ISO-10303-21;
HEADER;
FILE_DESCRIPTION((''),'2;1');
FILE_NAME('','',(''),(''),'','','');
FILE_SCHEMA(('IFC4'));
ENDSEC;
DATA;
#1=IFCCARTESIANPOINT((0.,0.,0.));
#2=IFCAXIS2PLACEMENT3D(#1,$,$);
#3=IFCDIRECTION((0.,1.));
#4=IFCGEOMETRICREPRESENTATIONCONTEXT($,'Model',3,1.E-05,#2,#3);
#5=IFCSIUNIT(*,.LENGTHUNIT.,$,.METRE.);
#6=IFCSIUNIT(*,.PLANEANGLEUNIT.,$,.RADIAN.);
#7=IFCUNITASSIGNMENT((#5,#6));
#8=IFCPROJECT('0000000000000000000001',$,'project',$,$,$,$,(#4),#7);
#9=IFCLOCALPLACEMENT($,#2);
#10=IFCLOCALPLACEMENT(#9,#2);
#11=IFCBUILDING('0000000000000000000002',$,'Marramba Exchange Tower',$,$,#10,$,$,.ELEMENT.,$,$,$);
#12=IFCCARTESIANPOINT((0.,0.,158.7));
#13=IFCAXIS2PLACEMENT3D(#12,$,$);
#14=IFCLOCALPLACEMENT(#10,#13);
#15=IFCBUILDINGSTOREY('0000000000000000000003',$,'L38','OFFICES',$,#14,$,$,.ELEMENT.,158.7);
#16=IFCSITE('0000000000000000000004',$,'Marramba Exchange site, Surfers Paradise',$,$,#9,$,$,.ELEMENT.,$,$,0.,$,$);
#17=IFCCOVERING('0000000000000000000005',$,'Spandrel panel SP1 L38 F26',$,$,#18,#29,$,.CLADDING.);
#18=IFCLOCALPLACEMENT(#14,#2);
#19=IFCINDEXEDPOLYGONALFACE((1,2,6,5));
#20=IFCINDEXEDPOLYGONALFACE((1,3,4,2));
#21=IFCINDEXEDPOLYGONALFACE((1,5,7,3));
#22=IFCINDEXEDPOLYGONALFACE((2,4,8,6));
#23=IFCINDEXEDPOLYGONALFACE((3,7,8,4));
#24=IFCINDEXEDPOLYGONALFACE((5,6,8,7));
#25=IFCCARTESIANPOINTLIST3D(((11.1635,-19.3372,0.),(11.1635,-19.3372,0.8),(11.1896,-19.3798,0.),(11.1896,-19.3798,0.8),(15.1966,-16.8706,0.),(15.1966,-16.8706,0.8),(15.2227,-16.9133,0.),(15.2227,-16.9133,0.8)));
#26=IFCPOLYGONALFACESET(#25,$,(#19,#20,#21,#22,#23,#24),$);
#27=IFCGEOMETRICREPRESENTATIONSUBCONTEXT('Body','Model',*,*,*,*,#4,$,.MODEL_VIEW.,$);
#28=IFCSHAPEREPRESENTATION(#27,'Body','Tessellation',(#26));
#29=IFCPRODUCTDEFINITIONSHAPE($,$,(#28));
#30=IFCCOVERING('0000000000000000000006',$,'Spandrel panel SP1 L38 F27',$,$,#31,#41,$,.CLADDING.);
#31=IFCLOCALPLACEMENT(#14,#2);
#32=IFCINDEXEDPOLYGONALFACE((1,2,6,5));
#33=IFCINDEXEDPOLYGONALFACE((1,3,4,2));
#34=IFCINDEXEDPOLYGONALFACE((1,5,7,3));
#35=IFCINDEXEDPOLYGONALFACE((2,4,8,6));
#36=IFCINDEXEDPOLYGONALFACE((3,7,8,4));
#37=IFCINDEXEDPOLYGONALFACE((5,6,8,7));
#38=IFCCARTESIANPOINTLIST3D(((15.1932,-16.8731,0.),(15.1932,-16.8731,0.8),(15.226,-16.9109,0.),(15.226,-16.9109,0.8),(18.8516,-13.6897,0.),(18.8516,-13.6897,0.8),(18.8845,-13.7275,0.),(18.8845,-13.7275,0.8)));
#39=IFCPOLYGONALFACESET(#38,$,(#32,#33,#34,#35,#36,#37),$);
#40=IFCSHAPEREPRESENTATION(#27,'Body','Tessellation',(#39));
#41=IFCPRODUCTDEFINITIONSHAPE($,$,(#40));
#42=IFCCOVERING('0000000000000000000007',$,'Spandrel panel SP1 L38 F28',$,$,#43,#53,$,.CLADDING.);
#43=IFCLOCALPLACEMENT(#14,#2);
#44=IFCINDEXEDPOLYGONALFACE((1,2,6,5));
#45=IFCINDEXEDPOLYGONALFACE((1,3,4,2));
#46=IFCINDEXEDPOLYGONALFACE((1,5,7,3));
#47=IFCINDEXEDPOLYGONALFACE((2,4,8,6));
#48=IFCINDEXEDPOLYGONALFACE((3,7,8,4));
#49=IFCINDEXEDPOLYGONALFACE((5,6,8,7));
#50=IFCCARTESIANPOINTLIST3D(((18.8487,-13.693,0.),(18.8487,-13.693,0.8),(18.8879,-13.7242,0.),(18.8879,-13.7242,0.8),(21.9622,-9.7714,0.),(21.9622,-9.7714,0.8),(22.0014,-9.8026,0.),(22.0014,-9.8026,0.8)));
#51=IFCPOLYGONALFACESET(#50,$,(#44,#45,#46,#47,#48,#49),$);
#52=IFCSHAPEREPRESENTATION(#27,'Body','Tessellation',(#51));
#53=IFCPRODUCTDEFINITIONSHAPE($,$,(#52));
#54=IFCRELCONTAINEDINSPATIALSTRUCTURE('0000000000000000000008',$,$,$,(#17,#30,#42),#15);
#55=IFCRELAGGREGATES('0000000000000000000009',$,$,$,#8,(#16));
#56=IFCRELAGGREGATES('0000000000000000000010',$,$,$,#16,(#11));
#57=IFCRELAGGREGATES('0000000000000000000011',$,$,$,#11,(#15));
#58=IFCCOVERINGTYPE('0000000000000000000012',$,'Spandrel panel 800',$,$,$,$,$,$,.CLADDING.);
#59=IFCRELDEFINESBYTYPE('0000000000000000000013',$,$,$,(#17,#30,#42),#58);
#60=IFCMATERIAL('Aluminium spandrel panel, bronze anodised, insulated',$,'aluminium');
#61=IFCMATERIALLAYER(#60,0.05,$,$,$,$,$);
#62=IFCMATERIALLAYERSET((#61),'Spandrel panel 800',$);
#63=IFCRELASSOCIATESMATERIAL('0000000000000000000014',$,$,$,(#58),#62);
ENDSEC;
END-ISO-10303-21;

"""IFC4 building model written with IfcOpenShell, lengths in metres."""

from ifc_helpers import new_model, si_unit, direction, frame, origin, origin_2d, place, context, subcontext, project, spatial, rectangle, extrude, material, layer, layer_set, type_object, element, save


model = new_model("IFC4")

# Units and contexts
model_context = context("Model", 3, precision=1e-05, world=origin(), true_north=direction((0.0, 1.0)))
body_context = subcontext(model_context, "Body", "Model", "MODEL_VIEW")
ifc_project = project(units=[si_unit("LENGTHUNIT", "METRE"), si_unit("PLANEANGLEUNIT", "RADIAN")], contexts=[model_context])

# Site, building, storey
site_placement = place(None, origin())
site = spatial("IfcSite", under=ifc_project, at=site_placement, Name="Marramba Exchange site, Surfers Paradise", CompositionType="ELEMENT", RefElevation=0.0)
building_placement = place(site_placement, origin())
building = spatial("IfcBuilding", under=site, at=building_placement, Name="Marramba Exchange Tower", CompositionType="ELEMENT")
storey_placement = place(building_placement, frame((0.0, 0.0, 158.7)))
storey = spatial("IfcBuildingStorey", under=building, at=storey_placement, Name="L38", Description="OFFICES", CompositionType="ELEMENT", Elevation=158.7)

# Coverings
ifc_material_1 = material(Name="Aluminium spandrel panel, bronze anodised, insulated", Category="aluminium")
ifc_layer_1 = layer(ifc_material_1, 0.05)
ifc_layer_set_1 = layer_set([ifc_layer_1], Name="Spandrel panel 800")
covering_type = type_object("IfcCoveringType", Name="Spandrel panel 800", PredefinedType="CLADDING", material=ifc_layer_set_1)
covering_1_placement = place(storey_placement, frame((13.1931, -18.1252, 0.0), z_axis=(0.0, 0.0, 1.0), x_axis=(0.853109, 0.521733, 0.0)))
element("IfcCovering", 1, at=covering_1_placement, inside=storey, type_object=covering_type, Name="Spandrel panel SP1 L38 F26", PredefinedType="CLADDING", context=body_context, shape_type="SweptSolid", body=[
    extrude(rectangle(XDim=4.7275, YDim=0.05, at=origin_2d()), origin(), (0.0, 0.0, 1.0), 0.8),
])
covering_2_placement = place(storey_placement, frame((17.0388, -15.3003, 0.0), z_axis=(0.0, 0.0, 1.0), x_axis=(0.754386, 0.656432, 0.0)))
element("IfcCovering", 2, at=covering_2_placement, inside=storey, type_object=covering_type, Name="Spandrel panel SP1 L38 F27", PredefinedType="CLADDING", context=body_context, shape_type="SweptSolid", body=[
    extrude(rectangle(XDim=4.8496, YDim=0.05, at=origin_2d()), origin(), (0.0, 0.0, 1.0), 0.8),
])
covering_3_placement = place(storey_placement, frame((20.425, -11.7478, 0.0), z_axis=(0.0, 0.0, 1.0), x_axis=(0.621807, 0.78317, 0.0)))
element("IfcCovering", 3, at=covering_3_placement, inside=storey, type_object=covering_type, Name="Spandrel panel SP1 L38 F28", PredefinedType="CLADDING", context=body_context, shape_type="SweptSolid", body=[
    extrude(rectangle(XDim=5.0073, YDim=0.05, at=origin_2d()), origin(), (0.0, 0.0, 1.0), 0.8),
])

save(model, "model.ifc")
